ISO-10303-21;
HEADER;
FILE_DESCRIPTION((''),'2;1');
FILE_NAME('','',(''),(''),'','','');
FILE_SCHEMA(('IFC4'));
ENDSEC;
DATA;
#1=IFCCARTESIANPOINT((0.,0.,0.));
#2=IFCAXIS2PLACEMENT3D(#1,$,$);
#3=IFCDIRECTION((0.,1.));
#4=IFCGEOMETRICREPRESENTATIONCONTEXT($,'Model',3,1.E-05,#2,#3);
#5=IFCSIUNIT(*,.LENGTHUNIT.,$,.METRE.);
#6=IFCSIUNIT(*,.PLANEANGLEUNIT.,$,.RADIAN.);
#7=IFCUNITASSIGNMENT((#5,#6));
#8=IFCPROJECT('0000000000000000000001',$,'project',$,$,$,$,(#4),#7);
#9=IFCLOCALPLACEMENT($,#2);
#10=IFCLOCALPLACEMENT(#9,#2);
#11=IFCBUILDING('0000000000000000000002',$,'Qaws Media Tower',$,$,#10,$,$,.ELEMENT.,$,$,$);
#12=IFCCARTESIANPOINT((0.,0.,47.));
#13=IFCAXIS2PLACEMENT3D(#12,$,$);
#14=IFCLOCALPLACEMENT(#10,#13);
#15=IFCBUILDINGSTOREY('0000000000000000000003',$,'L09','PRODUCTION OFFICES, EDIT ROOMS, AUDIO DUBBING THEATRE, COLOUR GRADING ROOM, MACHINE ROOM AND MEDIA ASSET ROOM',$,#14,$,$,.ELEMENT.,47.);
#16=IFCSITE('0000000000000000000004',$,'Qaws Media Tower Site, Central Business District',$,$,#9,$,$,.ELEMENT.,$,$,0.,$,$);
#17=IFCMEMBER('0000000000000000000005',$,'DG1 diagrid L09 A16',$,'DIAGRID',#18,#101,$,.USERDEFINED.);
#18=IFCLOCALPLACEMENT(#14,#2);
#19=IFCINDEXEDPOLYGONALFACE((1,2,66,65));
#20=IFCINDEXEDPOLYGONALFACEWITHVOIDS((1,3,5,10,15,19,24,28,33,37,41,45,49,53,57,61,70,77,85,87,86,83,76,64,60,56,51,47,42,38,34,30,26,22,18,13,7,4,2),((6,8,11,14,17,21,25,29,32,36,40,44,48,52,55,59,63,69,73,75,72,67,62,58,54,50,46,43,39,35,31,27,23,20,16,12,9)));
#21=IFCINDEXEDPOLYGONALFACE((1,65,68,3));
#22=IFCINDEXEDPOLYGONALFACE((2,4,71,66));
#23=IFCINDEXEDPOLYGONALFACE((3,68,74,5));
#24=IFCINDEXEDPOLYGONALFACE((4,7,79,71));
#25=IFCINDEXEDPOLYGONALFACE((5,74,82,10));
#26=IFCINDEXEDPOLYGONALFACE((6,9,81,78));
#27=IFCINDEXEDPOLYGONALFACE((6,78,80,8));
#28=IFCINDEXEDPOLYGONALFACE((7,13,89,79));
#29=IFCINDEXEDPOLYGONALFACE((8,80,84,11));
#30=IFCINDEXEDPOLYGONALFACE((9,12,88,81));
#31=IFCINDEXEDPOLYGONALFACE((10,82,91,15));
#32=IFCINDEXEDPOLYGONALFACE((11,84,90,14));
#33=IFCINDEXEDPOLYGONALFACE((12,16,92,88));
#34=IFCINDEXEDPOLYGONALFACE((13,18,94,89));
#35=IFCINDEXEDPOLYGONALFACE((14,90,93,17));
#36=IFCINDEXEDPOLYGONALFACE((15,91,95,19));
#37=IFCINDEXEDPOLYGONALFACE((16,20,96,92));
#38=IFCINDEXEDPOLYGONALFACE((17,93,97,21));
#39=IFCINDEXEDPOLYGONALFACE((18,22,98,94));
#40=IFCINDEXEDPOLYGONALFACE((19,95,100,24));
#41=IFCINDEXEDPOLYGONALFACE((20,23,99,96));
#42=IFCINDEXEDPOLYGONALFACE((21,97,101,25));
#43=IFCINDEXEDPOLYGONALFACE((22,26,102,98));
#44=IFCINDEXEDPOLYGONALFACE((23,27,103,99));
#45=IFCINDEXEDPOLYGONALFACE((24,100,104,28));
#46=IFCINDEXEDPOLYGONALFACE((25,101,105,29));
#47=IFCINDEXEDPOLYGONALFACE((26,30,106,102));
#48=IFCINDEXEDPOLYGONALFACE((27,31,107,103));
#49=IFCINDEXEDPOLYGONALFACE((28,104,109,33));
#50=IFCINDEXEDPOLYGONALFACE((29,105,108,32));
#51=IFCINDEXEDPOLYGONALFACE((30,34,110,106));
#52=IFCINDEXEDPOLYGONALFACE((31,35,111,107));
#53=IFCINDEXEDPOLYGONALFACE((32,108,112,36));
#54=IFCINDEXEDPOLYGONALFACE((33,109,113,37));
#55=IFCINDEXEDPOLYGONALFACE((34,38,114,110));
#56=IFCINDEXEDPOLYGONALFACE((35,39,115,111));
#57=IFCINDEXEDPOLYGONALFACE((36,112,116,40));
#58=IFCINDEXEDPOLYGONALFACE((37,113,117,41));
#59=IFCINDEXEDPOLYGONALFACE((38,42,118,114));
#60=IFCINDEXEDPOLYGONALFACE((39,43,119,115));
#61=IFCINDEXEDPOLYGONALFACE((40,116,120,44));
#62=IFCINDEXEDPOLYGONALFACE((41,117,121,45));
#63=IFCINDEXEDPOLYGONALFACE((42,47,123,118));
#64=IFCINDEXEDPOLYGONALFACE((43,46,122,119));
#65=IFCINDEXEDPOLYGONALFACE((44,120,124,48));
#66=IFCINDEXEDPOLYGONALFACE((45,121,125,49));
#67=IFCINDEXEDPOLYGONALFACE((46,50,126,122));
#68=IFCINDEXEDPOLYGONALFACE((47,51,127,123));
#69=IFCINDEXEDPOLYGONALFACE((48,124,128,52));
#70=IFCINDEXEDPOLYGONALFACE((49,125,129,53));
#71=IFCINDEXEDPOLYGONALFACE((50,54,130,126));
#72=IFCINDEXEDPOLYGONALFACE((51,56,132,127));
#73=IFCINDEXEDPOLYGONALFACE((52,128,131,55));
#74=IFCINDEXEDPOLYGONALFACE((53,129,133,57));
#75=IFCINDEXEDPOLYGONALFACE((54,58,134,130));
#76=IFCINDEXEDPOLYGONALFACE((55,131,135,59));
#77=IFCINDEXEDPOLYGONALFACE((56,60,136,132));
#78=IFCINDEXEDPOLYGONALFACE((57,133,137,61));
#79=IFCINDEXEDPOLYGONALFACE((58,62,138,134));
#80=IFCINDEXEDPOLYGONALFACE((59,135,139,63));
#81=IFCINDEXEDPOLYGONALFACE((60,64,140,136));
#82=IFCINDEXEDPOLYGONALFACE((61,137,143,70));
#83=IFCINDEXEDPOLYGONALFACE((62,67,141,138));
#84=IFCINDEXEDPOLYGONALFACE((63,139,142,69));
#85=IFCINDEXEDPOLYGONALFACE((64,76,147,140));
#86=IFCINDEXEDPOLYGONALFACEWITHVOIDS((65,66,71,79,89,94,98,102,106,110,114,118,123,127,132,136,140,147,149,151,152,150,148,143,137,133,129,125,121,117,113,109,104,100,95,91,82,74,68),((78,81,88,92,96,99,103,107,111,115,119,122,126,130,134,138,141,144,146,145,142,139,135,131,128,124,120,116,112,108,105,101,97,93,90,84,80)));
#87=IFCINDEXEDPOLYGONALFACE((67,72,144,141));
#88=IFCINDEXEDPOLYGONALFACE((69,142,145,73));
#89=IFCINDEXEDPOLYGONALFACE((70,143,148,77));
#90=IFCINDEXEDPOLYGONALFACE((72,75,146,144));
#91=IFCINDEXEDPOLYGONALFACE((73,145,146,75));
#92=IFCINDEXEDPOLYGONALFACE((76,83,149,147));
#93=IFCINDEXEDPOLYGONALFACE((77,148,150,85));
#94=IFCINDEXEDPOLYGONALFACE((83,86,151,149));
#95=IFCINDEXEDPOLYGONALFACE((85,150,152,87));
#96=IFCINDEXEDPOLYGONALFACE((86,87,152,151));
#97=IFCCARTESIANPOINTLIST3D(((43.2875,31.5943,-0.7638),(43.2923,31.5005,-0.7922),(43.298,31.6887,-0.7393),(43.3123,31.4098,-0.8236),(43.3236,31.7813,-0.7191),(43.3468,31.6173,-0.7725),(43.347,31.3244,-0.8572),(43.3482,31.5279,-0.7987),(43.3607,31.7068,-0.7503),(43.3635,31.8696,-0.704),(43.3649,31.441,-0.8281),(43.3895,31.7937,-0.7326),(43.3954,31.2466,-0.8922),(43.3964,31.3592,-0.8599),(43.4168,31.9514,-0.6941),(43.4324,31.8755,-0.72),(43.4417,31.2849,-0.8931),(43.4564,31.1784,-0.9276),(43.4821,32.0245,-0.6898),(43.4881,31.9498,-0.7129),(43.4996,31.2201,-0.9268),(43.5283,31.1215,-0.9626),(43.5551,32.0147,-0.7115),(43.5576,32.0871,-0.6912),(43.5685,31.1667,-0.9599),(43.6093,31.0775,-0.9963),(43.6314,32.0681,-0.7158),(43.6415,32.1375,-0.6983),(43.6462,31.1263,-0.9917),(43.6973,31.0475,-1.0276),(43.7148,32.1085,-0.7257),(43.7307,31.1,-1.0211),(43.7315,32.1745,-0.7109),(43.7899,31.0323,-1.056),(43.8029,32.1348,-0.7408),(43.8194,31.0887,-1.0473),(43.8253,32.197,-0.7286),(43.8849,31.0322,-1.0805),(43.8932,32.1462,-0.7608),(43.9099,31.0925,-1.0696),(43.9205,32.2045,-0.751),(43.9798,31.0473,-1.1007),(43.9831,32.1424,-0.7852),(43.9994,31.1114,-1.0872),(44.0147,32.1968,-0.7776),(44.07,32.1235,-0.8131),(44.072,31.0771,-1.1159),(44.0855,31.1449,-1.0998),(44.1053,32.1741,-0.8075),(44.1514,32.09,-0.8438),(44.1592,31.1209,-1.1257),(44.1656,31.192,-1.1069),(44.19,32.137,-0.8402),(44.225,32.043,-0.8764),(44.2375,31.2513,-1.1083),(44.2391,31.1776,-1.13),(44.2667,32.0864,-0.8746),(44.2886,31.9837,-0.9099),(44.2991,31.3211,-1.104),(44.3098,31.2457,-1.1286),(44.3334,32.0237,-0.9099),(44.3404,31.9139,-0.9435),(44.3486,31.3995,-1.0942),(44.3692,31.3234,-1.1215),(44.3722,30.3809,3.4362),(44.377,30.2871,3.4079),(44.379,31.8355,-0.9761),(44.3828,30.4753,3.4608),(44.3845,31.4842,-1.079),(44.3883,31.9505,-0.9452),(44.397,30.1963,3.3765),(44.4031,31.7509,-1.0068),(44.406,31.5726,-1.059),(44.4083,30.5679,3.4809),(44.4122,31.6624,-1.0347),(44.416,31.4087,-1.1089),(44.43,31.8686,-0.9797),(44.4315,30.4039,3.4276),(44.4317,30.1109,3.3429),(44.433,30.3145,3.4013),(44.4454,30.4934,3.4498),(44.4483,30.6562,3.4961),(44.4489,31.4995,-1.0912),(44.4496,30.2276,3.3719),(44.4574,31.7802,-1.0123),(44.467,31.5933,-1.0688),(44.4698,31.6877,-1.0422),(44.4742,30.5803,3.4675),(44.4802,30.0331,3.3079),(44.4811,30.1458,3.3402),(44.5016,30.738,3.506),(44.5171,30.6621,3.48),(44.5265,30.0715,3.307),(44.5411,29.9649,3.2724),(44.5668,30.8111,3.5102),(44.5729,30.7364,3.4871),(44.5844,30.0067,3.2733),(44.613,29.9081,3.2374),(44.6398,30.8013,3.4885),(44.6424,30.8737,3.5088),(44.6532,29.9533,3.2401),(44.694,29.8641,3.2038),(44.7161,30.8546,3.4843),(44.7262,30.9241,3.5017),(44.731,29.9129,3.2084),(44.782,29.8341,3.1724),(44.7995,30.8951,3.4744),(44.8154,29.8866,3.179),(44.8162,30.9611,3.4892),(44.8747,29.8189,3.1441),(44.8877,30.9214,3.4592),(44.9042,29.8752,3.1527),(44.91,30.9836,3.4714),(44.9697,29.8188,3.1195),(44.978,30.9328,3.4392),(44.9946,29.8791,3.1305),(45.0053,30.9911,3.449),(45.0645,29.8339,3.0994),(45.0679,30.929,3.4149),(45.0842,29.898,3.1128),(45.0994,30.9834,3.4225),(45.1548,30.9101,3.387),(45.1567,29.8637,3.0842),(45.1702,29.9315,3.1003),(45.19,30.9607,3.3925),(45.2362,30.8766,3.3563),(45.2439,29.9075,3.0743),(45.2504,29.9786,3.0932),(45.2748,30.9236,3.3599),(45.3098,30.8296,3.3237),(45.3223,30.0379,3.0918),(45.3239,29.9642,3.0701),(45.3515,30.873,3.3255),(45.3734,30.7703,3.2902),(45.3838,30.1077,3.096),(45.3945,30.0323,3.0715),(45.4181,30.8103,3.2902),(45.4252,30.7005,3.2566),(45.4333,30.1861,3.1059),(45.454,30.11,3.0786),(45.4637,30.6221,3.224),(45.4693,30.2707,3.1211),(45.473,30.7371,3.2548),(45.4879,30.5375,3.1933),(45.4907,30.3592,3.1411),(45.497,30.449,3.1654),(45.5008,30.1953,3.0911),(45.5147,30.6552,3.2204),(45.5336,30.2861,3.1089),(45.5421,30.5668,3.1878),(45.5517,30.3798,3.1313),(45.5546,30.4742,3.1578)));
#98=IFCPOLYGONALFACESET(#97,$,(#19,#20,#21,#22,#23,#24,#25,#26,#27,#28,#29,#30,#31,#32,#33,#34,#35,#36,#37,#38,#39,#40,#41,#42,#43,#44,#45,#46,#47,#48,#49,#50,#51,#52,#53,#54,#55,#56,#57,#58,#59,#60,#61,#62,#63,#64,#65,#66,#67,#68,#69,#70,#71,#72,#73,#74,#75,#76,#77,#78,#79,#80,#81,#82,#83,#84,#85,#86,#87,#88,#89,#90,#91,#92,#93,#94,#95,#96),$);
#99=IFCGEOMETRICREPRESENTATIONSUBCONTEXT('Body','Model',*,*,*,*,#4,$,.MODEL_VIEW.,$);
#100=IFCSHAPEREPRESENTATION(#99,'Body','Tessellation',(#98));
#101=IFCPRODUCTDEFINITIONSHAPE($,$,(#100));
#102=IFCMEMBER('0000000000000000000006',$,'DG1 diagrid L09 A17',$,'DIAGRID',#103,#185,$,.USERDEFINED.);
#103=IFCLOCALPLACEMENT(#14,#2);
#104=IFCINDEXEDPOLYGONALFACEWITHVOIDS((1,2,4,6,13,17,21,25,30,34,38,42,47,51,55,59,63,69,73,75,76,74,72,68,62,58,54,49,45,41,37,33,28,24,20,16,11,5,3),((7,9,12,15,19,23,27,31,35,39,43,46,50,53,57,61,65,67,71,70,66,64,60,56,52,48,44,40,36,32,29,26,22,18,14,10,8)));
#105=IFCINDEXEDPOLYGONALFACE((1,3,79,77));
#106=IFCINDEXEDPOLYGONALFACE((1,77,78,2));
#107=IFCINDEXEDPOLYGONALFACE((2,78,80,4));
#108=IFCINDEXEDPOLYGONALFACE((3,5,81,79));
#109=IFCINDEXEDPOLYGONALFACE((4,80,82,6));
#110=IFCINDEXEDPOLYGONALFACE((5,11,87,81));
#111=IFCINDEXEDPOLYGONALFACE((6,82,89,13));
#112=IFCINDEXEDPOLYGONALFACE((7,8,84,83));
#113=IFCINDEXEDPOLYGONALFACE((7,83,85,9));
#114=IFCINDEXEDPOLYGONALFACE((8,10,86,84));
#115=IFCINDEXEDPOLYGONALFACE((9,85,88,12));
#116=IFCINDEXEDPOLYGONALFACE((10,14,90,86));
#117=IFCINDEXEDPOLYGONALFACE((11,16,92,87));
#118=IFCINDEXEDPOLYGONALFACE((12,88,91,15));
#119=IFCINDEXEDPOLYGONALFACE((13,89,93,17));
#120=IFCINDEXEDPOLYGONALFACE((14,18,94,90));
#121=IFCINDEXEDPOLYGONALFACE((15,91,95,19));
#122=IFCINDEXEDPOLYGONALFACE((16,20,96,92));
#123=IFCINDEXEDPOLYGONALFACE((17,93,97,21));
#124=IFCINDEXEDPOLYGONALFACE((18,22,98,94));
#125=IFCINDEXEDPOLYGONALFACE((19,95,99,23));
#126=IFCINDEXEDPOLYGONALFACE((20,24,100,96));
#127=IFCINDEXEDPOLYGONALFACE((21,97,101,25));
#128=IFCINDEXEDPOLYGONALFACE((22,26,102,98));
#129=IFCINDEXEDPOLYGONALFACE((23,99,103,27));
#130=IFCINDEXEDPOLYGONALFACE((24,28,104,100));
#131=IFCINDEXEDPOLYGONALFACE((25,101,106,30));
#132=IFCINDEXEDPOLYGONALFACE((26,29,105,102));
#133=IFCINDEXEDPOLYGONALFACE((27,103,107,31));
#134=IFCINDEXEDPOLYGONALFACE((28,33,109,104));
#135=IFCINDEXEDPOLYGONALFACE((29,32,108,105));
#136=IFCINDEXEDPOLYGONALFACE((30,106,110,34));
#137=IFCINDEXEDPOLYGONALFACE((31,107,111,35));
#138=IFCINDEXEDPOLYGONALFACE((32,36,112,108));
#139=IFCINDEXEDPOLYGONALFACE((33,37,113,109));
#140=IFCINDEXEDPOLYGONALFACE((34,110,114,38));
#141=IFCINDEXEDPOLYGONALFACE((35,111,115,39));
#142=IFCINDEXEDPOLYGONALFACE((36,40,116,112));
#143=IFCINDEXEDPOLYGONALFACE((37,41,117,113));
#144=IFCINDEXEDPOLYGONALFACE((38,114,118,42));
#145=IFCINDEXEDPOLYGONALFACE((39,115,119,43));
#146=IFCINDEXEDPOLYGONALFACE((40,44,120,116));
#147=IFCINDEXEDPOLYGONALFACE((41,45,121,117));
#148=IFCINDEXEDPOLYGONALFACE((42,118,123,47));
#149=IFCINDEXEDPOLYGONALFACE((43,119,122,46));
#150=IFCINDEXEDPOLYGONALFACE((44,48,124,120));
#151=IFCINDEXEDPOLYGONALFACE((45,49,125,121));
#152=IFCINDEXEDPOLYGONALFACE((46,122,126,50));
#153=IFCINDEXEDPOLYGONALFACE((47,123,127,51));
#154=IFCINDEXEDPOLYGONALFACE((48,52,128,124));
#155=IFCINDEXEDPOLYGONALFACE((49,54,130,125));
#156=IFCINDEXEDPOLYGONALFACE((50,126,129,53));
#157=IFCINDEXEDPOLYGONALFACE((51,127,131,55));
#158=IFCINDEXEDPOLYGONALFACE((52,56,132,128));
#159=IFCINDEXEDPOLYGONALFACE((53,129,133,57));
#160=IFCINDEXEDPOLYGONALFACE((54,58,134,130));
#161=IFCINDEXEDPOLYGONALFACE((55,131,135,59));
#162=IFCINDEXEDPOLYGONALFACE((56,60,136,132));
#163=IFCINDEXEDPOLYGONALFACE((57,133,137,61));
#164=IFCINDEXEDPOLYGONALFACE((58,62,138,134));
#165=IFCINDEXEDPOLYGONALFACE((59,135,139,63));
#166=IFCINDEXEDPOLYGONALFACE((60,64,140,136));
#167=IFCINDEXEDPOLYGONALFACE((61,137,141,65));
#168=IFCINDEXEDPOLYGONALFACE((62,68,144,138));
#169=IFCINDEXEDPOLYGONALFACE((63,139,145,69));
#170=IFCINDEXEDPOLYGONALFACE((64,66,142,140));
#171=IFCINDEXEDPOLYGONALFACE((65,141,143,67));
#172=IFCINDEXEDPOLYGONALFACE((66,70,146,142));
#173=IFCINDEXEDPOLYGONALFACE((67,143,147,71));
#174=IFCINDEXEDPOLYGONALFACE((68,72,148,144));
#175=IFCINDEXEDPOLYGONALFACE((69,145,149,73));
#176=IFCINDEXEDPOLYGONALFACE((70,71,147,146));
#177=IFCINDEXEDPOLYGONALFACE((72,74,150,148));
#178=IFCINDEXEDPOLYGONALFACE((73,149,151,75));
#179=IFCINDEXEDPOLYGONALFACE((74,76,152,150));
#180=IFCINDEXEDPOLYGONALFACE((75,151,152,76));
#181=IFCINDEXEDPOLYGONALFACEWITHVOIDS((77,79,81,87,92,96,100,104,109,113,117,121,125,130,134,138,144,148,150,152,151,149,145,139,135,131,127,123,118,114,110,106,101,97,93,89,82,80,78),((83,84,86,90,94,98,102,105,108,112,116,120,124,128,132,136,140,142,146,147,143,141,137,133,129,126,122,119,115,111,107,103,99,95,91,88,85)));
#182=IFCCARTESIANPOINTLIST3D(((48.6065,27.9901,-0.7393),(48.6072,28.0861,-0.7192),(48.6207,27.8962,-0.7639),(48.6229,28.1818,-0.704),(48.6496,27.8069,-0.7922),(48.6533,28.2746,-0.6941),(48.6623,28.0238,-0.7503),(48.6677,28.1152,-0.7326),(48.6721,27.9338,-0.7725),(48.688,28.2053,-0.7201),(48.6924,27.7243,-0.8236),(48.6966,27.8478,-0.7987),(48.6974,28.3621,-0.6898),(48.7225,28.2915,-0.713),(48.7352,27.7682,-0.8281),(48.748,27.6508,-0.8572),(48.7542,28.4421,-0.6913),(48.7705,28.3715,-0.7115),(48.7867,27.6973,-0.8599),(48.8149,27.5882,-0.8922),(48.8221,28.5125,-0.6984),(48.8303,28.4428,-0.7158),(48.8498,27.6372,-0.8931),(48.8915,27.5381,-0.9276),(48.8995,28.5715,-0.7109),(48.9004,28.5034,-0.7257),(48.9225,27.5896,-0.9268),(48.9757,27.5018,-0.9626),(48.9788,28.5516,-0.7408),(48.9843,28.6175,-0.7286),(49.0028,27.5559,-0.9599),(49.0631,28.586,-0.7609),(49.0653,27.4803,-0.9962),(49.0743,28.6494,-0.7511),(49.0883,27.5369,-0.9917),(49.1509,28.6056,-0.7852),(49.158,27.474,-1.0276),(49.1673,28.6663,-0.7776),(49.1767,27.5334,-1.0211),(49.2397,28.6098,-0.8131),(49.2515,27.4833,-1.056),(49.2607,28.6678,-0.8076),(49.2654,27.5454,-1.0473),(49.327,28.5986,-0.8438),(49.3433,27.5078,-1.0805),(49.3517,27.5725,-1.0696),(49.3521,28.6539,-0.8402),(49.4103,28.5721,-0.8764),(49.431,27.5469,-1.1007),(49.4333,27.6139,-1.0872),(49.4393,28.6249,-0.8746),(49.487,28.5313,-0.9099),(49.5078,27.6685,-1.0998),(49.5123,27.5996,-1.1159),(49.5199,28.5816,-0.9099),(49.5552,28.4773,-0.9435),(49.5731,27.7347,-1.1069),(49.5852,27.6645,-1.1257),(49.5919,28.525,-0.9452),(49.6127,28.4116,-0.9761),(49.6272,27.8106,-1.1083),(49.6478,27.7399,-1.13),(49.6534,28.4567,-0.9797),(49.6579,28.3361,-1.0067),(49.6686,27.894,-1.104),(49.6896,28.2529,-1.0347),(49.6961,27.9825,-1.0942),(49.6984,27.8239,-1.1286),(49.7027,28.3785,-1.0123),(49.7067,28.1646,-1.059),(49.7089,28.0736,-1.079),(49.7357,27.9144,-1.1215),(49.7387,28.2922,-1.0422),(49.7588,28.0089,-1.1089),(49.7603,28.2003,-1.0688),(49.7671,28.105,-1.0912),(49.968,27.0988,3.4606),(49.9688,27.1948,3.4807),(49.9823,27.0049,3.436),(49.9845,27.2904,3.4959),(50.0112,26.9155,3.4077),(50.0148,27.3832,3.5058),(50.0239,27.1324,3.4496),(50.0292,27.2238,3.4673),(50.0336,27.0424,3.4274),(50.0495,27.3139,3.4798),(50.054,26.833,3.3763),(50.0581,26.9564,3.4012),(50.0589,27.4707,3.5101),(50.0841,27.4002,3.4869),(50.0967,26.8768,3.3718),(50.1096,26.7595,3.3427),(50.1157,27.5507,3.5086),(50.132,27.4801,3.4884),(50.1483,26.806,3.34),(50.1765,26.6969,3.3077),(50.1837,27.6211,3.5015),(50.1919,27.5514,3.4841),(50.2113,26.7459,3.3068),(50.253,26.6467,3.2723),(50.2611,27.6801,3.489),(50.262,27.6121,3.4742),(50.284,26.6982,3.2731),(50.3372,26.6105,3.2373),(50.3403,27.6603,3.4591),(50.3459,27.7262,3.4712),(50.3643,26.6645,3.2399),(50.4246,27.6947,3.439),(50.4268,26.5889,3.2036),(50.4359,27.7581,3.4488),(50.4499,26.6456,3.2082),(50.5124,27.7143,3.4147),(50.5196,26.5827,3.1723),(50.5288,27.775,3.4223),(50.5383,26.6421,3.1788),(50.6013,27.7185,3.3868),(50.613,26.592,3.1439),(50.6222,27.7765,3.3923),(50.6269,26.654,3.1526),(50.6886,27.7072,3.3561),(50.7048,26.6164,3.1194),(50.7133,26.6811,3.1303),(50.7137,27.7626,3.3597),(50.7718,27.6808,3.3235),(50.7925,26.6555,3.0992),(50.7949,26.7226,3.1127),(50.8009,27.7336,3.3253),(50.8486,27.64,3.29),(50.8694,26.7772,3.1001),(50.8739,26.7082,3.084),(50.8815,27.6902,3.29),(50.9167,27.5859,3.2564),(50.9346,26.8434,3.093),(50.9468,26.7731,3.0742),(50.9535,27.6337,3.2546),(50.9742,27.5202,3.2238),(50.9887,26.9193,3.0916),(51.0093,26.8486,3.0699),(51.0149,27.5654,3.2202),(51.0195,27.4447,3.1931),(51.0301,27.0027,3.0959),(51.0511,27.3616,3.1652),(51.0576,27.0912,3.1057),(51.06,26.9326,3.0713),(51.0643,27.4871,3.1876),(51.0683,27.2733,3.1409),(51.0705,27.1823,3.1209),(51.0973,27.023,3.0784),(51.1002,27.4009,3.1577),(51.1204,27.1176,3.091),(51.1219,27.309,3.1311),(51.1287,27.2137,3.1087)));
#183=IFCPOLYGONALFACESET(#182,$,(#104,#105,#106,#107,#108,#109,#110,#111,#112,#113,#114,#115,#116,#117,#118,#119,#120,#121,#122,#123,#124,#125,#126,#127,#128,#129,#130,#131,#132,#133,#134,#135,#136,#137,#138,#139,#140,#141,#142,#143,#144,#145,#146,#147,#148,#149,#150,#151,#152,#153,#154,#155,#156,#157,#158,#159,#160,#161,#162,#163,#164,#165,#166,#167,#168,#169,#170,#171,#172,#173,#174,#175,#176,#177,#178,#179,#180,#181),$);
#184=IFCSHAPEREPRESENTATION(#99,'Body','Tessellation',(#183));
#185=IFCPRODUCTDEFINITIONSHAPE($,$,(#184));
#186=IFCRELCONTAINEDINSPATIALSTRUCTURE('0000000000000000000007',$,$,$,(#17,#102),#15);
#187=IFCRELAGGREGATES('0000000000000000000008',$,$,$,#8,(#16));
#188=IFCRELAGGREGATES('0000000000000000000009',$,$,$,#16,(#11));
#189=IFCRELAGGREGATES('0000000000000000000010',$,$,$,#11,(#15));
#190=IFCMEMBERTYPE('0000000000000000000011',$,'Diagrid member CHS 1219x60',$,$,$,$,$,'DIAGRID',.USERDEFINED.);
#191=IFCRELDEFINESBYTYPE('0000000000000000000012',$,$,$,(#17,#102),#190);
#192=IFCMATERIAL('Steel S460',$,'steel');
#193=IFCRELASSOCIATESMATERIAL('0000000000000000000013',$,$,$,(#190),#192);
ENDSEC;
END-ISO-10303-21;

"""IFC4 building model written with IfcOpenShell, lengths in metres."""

from ifc_helpers import new_model, si_unit, direction, frame, origin, origin_2d, place, context, subcontext, project, spatial, hollow_circle, extrude, material, material_profile, profile_set, type_object, element, save


model = new_model("IFC4")

# Units and contexts
model_context = context("Model", 3, precision=1e-05, world=origin(), true_north=direction((0.0, 1.0)))
body_context = subcontext(model_context, "Body", "Model", "MODEL_VIEW")
ifc_project = project(units=[si_unit("LENGTHUNIT", "METRE"), si_unit("PLANEANGLEUNIT", "RADIAN")], contexts=[model_context])

# Site, building, storey
site_placement = place(None, origin())
site = spatial("IfcSite", under=ifc_project, at=site_placement, Name="Qaws Media Tower Site, Central Business District", CompositionType="ELEMENT", RefElevation=0.0)
building_placement = place(site_placement, origin())
building = spatial("IfcBuilding", under=site, at=building_placement, Name="Qaws Media Tower", CompositionType="ELEMENT")
storey_placement = place(building_placement, frame((0.0, 0.0, 47.0)))
storey = spatial("IfcBuildingStorey", under=building, at=storey_placement, Name="L09", Description="PRODUCTION OFFICES, EDIT ROOMS, AUDIO DUBBING THEATRE, COLOUR GRADING ROOM, MACHINE ROOM AND MEDIA ASSET ROOM", CompositionType="ELEMENT", Elevation=47.0)

# Members
ifc_material_1 = material(Name="Steel S460", Category="steel")
ifc_material_profile_1 = material_profile(ifc_material_1, hollow_circle(Radius=0.6096, WallThickness=0.0601, at=origin_2d()), Name="CHS 1219x60")
ifc_profile_set_1 = profile_set([ifc_material_profile_1], Name="Steel S460")
member_type_1 = type_object("IfcMemberType", Name="Diagrid member CHS 1219x60", ElementType="DIAGRID", PredefinedType="USERDEFINED", material=ifc_profile_set_1)
member_1_placement = place(storey_placement, frame((43.8789, 31.6174, -0.9099), z_axis=(0.240819, -0.269384, 0.932437), x_axis=(0.745528, 0.666475, 0.0)))
element("IfcMember", 1, at=member_1_placement, inside=storey, type_object=member_type_1, Name="DG1 diagrid L09 A16", ObjectType="DIAGRID", PredefinedType="USERDEFINED", context=body_context, shape_type="SweptSolid", body=[
    extrude(hollow_circle(Radius=0.6096, WallThickness=0.0601, at=origin_2d()), origin(), (0.0, 0.0, 1.0), 4.5044),
])
for number, where, z_axis, x_axis, name in (
    (2, (49.186, 28.0715, -0.9099), (0.302288, -0.197894, 0.932448), (0.547722, 0.83666, 0.0), "DG1 diagrid L09 A17"),
):
    element("IfcMember", number, at=place(storey_placement, frame(where, z_axis=z_axis, x_axis=x_axis)), inside=storey, type_object=member_type_1, Name=name, ObjectType="DIAGRID", PredefinedType="USERDEFINED", context=body_context, shape_type="SweptSolid", body=[
        extrude(hollow_circle(Radius=0.6096, WallThickness=0.0601, at=origin_2d()), origin(), (0.0, 0.0, 1.0), 4.5042),
    ])

save(model, "model.ifc")
